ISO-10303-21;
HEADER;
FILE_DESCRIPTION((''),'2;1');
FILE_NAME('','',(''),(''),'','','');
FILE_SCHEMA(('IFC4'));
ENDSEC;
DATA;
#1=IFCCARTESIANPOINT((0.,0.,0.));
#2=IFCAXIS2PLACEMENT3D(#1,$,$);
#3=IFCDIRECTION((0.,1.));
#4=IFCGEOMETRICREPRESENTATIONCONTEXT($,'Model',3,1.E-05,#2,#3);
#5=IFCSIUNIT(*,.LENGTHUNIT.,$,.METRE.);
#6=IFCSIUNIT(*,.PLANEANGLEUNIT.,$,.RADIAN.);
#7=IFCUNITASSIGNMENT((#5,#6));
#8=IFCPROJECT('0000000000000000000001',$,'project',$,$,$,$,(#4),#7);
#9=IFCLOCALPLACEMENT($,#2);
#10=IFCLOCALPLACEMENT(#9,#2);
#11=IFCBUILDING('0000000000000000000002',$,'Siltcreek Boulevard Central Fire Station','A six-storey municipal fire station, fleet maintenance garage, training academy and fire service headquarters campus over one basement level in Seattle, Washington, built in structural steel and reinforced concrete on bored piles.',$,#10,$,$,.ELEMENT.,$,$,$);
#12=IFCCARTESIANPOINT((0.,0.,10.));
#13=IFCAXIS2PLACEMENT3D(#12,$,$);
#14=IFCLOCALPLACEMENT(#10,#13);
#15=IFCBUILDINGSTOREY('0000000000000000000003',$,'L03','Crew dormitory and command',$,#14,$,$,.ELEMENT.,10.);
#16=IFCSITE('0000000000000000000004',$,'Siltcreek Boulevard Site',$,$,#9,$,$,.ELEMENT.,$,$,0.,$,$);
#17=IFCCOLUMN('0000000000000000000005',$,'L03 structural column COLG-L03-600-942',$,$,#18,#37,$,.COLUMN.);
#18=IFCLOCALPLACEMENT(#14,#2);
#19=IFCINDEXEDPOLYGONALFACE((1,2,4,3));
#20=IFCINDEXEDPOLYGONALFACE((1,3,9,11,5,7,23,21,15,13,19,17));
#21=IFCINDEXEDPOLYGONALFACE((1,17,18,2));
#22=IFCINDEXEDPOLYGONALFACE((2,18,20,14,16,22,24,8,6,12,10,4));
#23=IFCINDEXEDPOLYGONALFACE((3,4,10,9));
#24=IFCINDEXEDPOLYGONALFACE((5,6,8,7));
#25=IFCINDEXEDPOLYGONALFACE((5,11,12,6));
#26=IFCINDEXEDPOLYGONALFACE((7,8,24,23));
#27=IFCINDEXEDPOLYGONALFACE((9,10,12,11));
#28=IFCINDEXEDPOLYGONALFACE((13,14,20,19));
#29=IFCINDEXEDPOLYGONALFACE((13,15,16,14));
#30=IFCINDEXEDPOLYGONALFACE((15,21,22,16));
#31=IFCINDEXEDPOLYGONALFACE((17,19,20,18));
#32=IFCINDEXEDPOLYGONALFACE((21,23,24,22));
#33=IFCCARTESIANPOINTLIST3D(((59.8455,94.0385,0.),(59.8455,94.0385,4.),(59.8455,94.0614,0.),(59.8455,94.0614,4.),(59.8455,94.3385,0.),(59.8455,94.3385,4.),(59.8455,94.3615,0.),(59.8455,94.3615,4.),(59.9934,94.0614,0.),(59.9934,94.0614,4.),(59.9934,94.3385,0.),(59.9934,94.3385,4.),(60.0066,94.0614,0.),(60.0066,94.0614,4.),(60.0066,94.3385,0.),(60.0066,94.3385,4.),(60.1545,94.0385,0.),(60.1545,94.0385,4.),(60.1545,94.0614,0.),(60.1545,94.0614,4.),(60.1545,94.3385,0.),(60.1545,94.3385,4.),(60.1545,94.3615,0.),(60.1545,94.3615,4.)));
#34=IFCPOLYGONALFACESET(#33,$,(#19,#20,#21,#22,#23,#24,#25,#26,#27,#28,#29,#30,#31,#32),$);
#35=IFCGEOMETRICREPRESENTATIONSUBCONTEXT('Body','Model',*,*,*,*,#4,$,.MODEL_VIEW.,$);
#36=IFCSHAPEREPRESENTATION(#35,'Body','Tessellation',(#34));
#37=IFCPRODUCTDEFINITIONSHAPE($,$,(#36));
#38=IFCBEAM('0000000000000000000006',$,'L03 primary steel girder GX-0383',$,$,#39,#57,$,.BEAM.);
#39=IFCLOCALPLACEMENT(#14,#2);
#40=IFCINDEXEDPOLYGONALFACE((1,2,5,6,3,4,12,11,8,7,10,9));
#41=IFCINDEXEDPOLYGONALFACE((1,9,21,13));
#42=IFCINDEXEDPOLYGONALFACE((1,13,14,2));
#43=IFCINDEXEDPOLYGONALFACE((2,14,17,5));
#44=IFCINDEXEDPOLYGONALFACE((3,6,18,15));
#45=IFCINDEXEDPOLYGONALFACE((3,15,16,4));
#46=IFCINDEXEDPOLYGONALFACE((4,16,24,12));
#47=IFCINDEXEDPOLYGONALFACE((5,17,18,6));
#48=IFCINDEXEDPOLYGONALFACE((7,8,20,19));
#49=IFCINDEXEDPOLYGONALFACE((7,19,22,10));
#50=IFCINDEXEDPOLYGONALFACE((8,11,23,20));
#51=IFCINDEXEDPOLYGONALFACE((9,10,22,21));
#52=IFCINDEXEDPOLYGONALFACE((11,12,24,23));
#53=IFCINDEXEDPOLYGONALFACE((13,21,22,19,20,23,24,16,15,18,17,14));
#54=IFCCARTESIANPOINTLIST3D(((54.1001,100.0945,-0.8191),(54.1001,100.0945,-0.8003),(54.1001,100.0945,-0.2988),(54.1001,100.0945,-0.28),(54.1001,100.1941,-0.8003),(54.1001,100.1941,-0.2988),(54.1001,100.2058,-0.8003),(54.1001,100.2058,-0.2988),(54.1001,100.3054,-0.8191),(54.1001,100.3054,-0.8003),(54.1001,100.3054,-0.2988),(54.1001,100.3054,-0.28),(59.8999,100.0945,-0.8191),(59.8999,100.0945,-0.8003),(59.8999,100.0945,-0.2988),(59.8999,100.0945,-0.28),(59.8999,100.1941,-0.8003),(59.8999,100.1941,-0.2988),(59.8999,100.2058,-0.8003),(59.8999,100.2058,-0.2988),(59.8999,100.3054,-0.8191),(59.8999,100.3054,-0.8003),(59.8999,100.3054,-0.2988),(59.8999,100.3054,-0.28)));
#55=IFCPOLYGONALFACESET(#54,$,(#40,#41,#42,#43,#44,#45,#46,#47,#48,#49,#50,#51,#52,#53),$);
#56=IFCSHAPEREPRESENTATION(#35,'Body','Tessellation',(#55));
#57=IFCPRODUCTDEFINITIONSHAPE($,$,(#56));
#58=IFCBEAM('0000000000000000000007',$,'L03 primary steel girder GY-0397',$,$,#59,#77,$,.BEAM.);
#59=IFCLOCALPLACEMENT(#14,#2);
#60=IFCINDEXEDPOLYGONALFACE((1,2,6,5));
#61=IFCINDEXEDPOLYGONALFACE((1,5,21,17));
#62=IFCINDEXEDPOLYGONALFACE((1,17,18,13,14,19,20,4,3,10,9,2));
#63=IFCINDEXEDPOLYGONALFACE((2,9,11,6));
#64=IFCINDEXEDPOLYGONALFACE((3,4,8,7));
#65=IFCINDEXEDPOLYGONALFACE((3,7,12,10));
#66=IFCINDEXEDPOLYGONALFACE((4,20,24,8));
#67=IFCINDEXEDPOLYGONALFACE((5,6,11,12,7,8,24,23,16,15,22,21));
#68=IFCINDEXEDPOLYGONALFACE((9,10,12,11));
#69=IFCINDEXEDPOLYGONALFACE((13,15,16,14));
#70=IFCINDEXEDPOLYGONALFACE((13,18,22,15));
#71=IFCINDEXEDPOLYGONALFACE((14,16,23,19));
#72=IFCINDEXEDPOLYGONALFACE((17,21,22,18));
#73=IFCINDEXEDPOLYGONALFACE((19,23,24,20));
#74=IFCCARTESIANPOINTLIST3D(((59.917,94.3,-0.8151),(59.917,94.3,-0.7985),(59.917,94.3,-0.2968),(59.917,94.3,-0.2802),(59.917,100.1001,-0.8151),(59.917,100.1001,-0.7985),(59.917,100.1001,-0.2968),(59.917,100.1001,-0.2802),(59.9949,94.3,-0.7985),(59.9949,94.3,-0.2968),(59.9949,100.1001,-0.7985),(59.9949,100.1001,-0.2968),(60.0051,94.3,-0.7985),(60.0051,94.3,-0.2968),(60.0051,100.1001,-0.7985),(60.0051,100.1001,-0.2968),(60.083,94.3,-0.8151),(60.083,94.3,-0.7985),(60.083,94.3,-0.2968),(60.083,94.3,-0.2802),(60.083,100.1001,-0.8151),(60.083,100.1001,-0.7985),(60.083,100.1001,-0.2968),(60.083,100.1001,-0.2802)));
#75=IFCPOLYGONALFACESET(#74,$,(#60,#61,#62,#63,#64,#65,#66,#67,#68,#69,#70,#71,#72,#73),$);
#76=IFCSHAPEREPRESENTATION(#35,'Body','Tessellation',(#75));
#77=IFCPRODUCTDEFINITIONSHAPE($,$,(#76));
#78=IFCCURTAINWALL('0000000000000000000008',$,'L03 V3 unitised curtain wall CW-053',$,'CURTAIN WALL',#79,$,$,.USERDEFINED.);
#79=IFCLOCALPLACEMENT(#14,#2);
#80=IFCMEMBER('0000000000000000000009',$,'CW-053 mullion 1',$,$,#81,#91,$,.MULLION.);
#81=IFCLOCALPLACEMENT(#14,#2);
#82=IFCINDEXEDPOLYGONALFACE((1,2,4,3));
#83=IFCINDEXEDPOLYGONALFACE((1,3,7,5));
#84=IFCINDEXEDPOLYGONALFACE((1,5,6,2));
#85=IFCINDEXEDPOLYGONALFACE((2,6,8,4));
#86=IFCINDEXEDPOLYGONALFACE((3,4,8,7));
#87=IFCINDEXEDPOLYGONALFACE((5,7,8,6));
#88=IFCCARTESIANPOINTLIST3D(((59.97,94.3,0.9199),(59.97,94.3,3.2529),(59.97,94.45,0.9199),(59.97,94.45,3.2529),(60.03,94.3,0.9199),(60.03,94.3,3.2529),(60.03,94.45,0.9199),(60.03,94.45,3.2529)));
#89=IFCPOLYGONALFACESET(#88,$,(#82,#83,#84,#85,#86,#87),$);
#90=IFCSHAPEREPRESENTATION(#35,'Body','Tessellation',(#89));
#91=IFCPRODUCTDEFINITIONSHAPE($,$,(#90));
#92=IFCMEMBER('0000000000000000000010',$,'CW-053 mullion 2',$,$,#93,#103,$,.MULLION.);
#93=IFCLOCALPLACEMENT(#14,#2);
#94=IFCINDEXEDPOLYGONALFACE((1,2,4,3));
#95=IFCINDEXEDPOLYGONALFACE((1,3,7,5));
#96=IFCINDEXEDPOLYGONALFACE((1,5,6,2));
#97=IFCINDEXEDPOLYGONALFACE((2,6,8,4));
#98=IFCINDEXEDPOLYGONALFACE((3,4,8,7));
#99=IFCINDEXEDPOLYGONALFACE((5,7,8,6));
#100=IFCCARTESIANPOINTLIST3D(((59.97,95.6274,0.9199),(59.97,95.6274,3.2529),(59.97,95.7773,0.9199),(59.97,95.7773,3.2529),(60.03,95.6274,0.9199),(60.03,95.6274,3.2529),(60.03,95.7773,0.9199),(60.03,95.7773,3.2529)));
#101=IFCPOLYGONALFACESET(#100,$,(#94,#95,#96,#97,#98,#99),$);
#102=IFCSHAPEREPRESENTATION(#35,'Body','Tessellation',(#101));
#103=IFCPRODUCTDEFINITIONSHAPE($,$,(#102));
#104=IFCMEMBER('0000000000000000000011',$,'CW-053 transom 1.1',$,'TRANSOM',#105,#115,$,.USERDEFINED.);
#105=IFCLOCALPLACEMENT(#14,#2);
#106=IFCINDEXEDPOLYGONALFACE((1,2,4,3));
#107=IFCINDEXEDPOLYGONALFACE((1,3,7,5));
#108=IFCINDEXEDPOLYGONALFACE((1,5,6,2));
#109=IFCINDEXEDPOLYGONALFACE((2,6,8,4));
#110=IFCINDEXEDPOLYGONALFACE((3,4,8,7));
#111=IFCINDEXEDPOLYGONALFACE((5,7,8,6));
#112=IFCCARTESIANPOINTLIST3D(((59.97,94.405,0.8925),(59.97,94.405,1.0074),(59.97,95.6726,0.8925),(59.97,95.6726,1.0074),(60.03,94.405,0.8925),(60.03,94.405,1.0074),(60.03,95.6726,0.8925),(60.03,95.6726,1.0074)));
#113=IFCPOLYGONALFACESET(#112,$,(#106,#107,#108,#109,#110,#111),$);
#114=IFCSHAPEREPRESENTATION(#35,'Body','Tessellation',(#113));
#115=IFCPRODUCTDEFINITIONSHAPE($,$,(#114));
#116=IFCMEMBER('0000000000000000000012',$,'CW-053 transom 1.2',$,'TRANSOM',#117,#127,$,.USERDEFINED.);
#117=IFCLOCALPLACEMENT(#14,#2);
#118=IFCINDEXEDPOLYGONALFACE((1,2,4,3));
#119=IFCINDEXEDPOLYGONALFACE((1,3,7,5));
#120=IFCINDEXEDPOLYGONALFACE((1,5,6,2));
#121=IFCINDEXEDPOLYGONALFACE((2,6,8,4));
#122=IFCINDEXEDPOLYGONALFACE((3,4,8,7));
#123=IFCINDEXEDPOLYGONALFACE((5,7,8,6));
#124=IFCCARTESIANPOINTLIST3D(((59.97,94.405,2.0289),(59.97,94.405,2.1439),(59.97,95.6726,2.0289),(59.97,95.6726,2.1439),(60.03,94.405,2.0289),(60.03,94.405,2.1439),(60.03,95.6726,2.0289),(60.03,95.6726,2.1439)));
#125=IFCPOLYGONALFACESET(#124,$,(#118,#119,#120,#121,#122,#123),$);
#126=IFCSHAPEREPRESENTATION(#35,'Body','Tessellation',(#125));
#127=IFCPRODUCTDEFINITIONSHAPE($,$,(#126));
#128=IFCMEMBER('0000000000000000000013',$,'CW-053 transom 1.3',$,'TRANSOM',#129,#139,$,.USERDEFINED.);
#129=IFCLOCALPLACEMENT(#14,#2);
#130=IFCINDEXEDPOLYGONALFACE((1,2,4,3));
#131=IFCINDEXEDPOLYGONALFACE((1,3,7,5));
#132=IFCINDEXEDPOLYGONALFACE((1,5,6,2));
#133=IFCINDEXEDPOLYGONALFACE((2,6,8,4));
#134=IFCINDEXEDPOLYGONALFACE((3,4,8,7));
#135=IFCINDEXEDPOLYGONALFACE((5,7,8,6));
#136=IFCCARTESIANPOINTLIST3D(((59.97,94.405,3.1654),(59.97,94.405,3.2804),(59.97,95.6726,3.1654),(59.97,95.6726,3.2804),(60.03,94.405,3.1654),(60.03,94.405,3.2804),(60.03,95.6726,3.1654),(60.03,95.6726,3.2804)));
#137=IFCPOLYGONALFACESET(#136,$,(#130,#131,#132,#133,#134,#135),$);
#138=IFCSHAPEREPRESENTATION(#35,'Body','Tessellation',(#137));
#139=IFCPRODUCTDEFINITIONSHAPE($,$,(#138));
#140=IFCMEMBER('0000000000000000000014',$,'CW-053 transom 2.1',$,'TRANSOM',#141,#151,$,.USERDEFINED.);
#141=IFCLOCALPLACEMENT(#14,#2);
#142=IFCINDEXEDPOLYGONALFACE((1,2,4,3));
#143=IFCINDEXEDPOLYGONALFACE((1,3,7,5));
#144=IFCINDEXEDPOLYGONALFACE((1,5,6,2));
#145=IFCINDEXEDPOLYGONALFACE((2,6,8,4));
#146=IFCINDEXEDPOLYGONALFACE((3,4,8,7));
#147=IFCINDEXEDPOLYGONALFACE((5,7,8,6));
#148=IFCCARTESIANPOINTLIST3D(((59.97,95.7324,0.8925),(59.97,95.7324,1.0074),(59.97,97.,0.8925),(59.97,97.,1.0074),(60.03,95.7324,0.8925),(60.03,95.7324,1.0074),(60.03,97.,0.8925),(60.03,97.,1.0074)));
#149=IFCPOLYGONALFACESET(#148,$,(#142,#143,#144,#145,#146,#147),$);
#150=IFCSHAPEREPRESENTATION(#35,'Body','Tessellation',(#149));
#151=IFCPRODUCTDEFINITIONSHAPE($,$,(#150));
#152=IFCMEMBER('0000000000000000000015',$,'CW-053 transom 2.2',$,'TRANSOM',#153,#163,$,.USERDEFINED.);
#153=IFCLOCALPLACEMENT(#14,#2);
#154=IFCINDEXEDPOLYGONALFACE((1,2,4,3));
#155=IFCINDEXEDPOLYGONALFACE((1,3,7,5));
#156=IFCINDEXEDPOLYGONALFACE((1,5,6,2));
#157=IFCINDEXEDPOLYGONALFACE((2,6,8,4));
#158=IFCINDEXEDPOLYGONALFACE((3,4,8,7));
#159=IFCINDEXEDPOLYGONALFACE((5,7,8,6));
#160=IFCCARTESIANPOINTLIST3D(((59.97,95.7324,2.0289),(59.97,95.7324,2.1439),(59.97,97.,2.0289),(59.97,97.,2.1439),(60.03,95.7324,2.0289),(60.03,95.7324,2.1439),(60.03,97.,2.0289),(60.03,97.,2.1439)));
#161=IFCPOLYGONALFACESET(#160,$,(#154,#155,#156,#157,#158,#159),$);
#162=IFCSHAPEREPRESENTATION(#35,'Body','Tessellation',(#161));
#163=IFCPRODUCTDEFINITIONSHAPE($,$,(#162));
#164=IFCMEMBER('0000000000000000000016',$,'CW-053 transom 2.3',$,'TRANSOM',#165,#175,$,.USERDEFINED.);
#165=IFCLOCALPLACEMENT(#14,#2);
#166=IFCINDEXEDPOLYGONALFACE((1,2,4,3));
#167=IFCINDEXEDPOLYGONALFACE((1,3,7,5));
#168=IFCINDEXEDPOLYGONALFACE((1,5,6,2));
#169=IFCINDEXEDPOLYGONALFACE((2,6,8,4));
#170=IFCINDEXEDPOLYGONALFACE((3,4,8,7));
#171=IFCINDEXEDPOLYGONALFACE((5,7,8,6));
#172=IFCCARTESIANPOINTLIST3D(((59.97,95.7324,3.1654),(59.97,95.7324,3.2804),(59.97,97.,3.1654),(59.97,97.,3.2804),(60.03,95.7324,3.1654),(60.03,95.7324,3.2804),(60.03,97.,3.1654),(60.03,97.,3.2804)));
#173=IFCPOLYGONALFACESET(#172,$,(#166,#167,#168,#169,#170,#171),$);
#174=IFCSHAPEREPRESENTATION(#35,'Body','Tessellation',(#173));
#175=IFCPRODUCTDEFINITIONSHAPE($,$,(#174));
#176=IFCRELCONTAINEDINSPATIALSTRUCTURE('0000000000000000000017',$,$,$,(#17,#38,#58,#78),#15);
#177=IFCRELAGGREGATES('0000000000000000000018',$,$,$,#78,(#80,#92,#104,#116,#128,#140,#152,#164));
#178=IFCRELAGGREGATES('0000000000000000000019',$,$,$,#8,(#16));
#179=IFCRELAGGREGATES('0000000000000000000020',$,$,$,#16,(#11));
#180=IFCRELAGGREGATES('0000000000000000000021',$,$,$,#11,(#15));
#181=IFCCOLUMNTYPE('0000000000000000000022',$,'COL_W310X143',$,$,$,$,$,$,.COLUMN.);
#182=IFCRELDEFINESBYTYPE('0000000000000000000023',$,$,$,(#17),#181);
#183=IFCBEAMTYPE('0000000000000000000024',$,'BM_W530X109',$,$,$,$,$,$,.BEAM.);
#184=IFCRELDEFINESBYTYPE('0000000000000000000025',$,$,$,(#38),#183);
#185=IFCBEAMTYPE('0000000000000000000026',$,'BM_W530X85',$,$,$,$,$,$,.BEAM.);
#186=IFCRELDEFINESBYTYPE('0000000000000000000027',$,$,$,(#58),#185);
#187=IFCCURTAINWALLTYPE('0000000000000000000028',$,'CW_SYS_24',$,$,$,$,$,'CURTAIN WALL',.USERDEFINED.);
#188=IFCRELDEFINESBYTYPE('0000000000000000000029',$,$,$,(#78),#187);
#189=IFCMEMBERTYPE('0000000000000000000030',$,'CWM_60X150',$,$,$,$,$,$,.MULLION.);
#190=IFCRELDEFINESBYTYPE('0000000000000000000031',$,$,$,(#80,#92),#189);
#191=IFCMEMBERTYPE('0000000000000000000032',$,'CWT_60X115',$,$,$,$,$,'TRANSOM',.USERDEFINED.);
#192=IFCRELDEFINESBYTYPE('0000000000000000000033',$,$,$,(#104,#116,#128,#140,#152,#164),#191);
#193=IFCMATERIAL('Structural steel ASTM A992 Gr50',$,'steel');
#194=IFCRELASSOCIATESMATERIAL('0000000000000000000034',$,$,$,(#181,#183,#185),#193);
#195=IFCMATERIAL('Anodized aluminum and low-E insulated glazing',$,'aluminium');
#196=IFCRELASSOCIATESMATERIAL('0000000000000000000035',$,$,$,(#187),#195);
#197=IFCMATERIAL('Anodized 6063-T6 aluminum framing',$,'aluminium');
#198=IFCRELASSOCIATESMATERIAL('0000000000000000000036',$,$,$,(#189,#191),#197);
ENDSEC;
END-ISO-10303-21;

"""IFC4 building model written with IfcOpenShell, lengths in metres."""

from ifc_helpers import new_model, si_unit, direction, frame, origin, origin_2d, place, context, subcontext, project, spatial, rectangle, i_section, extrude, material, material_profile, profile_set, type_object, element, aggregate, save


model = new_model("IFC4")

# Units and contexts
model_context = context("Model", 3, precision=1e-05, world=origin(), true_north=direction((0.0, 1.0)))
body_context = subcontext(model_context, "Body", "Model", "MODEL_VIEW")
ifc_project = project(units=[si_unit("LENGTHUNIT", "METRE"), si_unit("PLANEANGLEUNIT", "RADIAN")], contexts=[model_context])

# Site, building, storey
site_placement = place(None, origin())
site = spatial("IfcSite", under=ifc_project, at=site_placement, Name="Siltcreek Boulevard Site", CompositionType="ELEMENT", RefElevation=0.0)
building_placement = place(site_placement, origin())
building = spatial("IfcBuilding", under=site, at=building_placement, Name="Siltcreek Boulevard Central Fire Station", Description="A six-storey municipal fire station, fleet maintenance garage, training academy and fire service headquarters campus over one basement level in Seattle, Washington, built in structural steel and reinforced concrete on bored piles.", CompositionType="ELEMENT")
storey_placement = place(building_placement, frame((0.0, 0.0, 10.0)))
storey = spatial("IfcBuildingStorey", under=building, at=storey_placement, Name="L03", Description="Crew dormitory and command", CompositionType="ELEMENT", Elevation=10.0)

# Column
ifc_material_1 = material(Name="Structural steel ASTM A992 Gr50", Category="steel")
ifc_material_profile_1 = material_profile(ifc_material_1, i_section(OverallWidth=0.3091, OverallDepth=0.323, WebThickness=0.0132, FlangeThickness=0.0229, at=origin_2d()), Name="W310X143")
ifc_profile_set_1 = profile_set([ifc_material_profile_1], Name="Structural steel ASTM A992 Gr50")
column_type = type_object("IfcColumnType", Name="COL_W310X143", PredefinedType="COLUMN", material=ifc_profile_set_1)
column_placement = place(storey_placement, frame((60.0, 94.2, 0.0), z_axis=(0.0, 0.0, 1.0), x_axis=(1.0, 0.0, 0.0)))
element("IfcColumn", 1, at=column_placement, inside=storey, type_object=column_type, Name="L03 structural column COLG-L03-600-942", PredefinedType="COLUMN", context=body_context, shape_type="SweptSolid", body=[
    extrude(i_section(OverallWidth=0.3091, OverallDepth=0.323, WebThickness=0.0132, FlangeThickness=0.0229, at=origin_2d()), origin(), (0.0, 0.0, 1.0), 4.0),
])

# Beams
ifc_material_profile_2 = material_profile(ifc_material_1, i_section(OverallWidth=0.2109, OverallDepth=0.5391, WebThickness=0.0117, FlangeThickness=0.0188, at=origin_2d()), Name="W530X109")
ifc_profile_set_2 = profile_set([ifc_material_profile_2], Name="Structural steel ASTM A992 Gr50")
beam_type_1 = type_object("IfcBeamType", Name="BM_W530X109", PredefinedType="BEAM", material=ifc_profile_set_2)
beam_1_placement = place(storey_placement, frame((54.1001, 100.2, -0.5496), z_axis=(1.0, 0.0, 0.0), x_axis=(0.0, 1.0, 0.0)))
element("IfcBeam", 2, at=beam_1_placement, inside=storey, type_object=beam_type_1, Name="L03 primary steel girder GX-0383", PredefinedType="BEAM", context=body_context, shape_type="SweptSolid", body=[
    extrude(i_section(OverallWidth=0.2109, OverallDepth=0.5391, WebThickness=0.0117, FlangeThickness=0.0188, at=origin_2d()), origin(), (0.0, 0.0, 1.0), 5.7998),
])
ifc_material_profile_3 = material_profile(ifc_material_1, i_section(OverallWidth=0.166, OverallDepth=0.5349, WebThickness=0.0103, FlangeThickness=0.0166, at=origin_2d()), Name="W530X85")
ifc_profile_set_3 = profile_set([ifc_material_profile_3], Name="Structural steel ASTM A992 Gr50")
beam_type_2 = type_object("IfcBeamType", Name="BM_W530X85", PredefinedType="BEAM", material=ifc_profile_set_3)
beam_2_placement = place(storey_placement, frame((60.0, 94.3, -0.5476), z_axis=(0.0, 1.0, 0.0), x_axis=(-1.0, 0.0, 0.0)))
element("IfcBeam", 3, at=beam_2_placement, inside=storey, type_object=beam_type_2, Name="L03 primary steel girder GY-0397", PredefinedType="BEAM", context=body_context, shape_type="SweptSolid", body=[
    extrude(i_section(OverallWidth=0.166, OverallDepth=0.5349, WebThickness=0.0103, FlangeThickness=0.0166, at=origin_2d()), origin(), (0.0, 0.0, 1.0), 5.8),
])

# Curtain wall, members
ifc_material_2 = material(Name="Anodized aluminum and low-E insulated glazing", Category="aluminium")
curtain_wall_type = type_object("IfcCurtainWallType", Name="CW_SYS_24", ElementType="CURTAIN WALL", PredefinedType="USERDEFINED", material=ifc_material_2)
curtain_wall_placement = place(storey_placement, origin())
curtain_wall = element("IfcCurtainWall", 4, at=curtain_wall_placement, inside=storey, type_object=curtain_wall_type, Name="L03 V3 unitised curtain wall CW-053", ObjectType="CURTAIN WALL", PredefinedType="USERDEFINED")
ifc_material_3 = material(Name="Anodized 6063-T6 aluminum framing", Category="aluminium")
ifc_material_profile_4 = material_profile(ifc_material_3, rectangle(XDim=0.0601, YDim=0.1499, at=origin_2d()), Name="MULL60X150")
ifc_profile_set_4 = profile_set([ifc_material_profile_4], Name="Anodized 6063-T6 aluminum framing")
member_type_1 = type_object("IfcMemberType", Name="CWM_60X150", PredefinedType="MULLION", material=ifc_profile_set_4)
member_1_placement = place(storey_placement, frame((60.0, 94.375, 0.9199), z_axis=(0.0, 0.0, 1.0), x_axis=(-1.0, 0.0, 0.0)))
member_1 = element("IfcMember", 5, at=member_1_placement, type_object=member_type_1, Name="CW-053 mullion 1", PredefinedType="MULLION", context=body_context, shape_type="SweptSolid", body=[
    extrude(rectangle(XDim=0.0601, YDim=0.1499, at=origin_2d()), origin(), (0.0, 0.0, 1.0), 2.333),
])
member_2_placement = place(storey_placement, frame((60.0, 95.7024, 0.9199), z_axis=(0.0, 0.0, 1.0), x_axis=(-1.0, 0.0, 0.0)))
member_2 = element("IfcMember", 6, at=member_2_placement, type_object=member_type_1, Name="CW-053 mullion 2", PredefinedType="MULLION", context=body_context, shape_type="SweptSolid", body=[
    extrude(rectangle(XDim=0.0601, YDim=0.1499, at=origin_2d()), origin(), (0.0, 0.0, 1.0), 2.333),
])
ifc_material_profile_5 = material_profile(ifc_material_3, rectangle(XDim=0.0601, YDim=0.115, at=origin_2d()), Name="TRAN60X115")
ifc_profile_set_5 = profile_set([ifc_material_profile_5], Name="Anodized 6063-T6 aluminum framing")
member_type_2 = type_object("IfcMemberType", Name="CWT_60X115", ElementType="TRANSOM", PredefinedType="USERDEFINED", material=ifc_profile_set_5)
member_3_placement = place(storey_placement, frame((60.0, 94.405, 0.95), z_axis=(0.0, 1.0, 0.0), x_axis=(-1.0, 0.0, 0.0)))
member_3 = element("IfcMember", 7, at=member_3_placement, type_object=member_type_2, Name="CW-053 transom 1.1", ObjectType="TRANSOM", PredefinedType="USERDEFINED", context=body_context, shape_type="SweptSolid", body=[
    extrude(rectangle(XDim=0.0601, YDim=0.115, at=origin_2d()), origin(), (0.0, 0.0, 1.0), 1.2676),
])
member_4_placement = place(storey_placement, frame((60.0, 94.405, 2.0864), z_axis=(0.0, 1.0, 0.0), x_axis=(-1.0, 0.0, 0.0)))
member_4 = element("IfcMember", 8, at=member_4_placement, type_object=member_type_2, Name="CW-053 transom 1.2", ObjectType="TRANSOM", PredefinedType="USERDEFINED", context=body_context, shape_type="SweptSolid", body=[
    extrude(rectangle(XDim=0.0601, YDim=0.115, at=origin_2d()), origin(), (0.0, 0.0, 1.0), 1.2676),
])
member_5_placement = place(storey_placement, frame((60.0, 94.405, 3.2229), z_axis=(0.0, 1.0, 0.0), x_axis=(-1.0, 0.0, 0.0)))
member_5 = element("IfcMember", 9, at=member_5_placement, type_object=member_type_2, Name="CW-053 transom 1.3", ObjectType="TRANSOM", PredefinedType="USERDEFINED", context=body_context, shape_type="SweptSolid", body=[
    extrude(rectangle(XDim=0.0601, YDim=0.115, at=origin_2d()), origin(), (0.0, 0.0, 1.0), 1.2676),
])
member_6_placement = place(storey_placement, frame((60.0, 95.7324, 0.95), z_axis=(0.0, 1.0, 0.0), x_axis=(-1.0, 0.0, 0.0)))
member_6 = element("IfcMember", 10, at=member_6_placement, type_object=member_type_2, Name="CW-053 transom 2.1", ObjectType="TRANSOM", PredefinedType="USERDEFINED", context=body_context, shape_type="SweptSolid", body=[
    extrude(rectangle(XDim=0.0601, YDim=0.115, at=origin_2d()), origin(), (0.0, 0.0, 1.0), 1.2676),
])
member_7_placement = place(storey_placement, frame((60.0, 95.7324, 2.0864), z_axis=(0.0, 1.0, 0.0), x_axis=(-1.0, 0.0, 0.0)))
member_7 = element("IfcMember", 11, at=member_7_placement, type_object=member_type_2, Name="CW-053 transom 2.2", ObjectType="TRANSOM", PredefinedType="USERDEFINED", context=body_context, shape_type="SweptSolid", body=[
    extrude(rectangle(XDim=0.0601, YDim=0.115, at=origin_2d()), origin(), (0.0, 0.0, 1.0), 1.2676),
])
member_8_placement = place(storey_placement, frame((60.0, 95.7324, 3.2229), z_axis=(0.0, 1.0, 0.0), x_axis=(-1.0, 0.0, 0.0)))
member_8 = element("IfcMember", 12, at=member_8_placement, type_object=member_type_2, Name="CW-053 transom 2.3", ObjectType="TRANSOM", PredefinedType="USERDEFINED", context=body_context, shape_type="SweptSolid", body=[
    extrude(rectangle(XDim=0.0601, YDim=0.115, at=origin_2d()), origin(), (0.0, 0.0, 1.0), 1.2676),
])

aggregate(curtain_wall, [member_1, member_2, member_3, member_4, member_5, member_6, member_7, member_8])

save(model, "model.ifc")
